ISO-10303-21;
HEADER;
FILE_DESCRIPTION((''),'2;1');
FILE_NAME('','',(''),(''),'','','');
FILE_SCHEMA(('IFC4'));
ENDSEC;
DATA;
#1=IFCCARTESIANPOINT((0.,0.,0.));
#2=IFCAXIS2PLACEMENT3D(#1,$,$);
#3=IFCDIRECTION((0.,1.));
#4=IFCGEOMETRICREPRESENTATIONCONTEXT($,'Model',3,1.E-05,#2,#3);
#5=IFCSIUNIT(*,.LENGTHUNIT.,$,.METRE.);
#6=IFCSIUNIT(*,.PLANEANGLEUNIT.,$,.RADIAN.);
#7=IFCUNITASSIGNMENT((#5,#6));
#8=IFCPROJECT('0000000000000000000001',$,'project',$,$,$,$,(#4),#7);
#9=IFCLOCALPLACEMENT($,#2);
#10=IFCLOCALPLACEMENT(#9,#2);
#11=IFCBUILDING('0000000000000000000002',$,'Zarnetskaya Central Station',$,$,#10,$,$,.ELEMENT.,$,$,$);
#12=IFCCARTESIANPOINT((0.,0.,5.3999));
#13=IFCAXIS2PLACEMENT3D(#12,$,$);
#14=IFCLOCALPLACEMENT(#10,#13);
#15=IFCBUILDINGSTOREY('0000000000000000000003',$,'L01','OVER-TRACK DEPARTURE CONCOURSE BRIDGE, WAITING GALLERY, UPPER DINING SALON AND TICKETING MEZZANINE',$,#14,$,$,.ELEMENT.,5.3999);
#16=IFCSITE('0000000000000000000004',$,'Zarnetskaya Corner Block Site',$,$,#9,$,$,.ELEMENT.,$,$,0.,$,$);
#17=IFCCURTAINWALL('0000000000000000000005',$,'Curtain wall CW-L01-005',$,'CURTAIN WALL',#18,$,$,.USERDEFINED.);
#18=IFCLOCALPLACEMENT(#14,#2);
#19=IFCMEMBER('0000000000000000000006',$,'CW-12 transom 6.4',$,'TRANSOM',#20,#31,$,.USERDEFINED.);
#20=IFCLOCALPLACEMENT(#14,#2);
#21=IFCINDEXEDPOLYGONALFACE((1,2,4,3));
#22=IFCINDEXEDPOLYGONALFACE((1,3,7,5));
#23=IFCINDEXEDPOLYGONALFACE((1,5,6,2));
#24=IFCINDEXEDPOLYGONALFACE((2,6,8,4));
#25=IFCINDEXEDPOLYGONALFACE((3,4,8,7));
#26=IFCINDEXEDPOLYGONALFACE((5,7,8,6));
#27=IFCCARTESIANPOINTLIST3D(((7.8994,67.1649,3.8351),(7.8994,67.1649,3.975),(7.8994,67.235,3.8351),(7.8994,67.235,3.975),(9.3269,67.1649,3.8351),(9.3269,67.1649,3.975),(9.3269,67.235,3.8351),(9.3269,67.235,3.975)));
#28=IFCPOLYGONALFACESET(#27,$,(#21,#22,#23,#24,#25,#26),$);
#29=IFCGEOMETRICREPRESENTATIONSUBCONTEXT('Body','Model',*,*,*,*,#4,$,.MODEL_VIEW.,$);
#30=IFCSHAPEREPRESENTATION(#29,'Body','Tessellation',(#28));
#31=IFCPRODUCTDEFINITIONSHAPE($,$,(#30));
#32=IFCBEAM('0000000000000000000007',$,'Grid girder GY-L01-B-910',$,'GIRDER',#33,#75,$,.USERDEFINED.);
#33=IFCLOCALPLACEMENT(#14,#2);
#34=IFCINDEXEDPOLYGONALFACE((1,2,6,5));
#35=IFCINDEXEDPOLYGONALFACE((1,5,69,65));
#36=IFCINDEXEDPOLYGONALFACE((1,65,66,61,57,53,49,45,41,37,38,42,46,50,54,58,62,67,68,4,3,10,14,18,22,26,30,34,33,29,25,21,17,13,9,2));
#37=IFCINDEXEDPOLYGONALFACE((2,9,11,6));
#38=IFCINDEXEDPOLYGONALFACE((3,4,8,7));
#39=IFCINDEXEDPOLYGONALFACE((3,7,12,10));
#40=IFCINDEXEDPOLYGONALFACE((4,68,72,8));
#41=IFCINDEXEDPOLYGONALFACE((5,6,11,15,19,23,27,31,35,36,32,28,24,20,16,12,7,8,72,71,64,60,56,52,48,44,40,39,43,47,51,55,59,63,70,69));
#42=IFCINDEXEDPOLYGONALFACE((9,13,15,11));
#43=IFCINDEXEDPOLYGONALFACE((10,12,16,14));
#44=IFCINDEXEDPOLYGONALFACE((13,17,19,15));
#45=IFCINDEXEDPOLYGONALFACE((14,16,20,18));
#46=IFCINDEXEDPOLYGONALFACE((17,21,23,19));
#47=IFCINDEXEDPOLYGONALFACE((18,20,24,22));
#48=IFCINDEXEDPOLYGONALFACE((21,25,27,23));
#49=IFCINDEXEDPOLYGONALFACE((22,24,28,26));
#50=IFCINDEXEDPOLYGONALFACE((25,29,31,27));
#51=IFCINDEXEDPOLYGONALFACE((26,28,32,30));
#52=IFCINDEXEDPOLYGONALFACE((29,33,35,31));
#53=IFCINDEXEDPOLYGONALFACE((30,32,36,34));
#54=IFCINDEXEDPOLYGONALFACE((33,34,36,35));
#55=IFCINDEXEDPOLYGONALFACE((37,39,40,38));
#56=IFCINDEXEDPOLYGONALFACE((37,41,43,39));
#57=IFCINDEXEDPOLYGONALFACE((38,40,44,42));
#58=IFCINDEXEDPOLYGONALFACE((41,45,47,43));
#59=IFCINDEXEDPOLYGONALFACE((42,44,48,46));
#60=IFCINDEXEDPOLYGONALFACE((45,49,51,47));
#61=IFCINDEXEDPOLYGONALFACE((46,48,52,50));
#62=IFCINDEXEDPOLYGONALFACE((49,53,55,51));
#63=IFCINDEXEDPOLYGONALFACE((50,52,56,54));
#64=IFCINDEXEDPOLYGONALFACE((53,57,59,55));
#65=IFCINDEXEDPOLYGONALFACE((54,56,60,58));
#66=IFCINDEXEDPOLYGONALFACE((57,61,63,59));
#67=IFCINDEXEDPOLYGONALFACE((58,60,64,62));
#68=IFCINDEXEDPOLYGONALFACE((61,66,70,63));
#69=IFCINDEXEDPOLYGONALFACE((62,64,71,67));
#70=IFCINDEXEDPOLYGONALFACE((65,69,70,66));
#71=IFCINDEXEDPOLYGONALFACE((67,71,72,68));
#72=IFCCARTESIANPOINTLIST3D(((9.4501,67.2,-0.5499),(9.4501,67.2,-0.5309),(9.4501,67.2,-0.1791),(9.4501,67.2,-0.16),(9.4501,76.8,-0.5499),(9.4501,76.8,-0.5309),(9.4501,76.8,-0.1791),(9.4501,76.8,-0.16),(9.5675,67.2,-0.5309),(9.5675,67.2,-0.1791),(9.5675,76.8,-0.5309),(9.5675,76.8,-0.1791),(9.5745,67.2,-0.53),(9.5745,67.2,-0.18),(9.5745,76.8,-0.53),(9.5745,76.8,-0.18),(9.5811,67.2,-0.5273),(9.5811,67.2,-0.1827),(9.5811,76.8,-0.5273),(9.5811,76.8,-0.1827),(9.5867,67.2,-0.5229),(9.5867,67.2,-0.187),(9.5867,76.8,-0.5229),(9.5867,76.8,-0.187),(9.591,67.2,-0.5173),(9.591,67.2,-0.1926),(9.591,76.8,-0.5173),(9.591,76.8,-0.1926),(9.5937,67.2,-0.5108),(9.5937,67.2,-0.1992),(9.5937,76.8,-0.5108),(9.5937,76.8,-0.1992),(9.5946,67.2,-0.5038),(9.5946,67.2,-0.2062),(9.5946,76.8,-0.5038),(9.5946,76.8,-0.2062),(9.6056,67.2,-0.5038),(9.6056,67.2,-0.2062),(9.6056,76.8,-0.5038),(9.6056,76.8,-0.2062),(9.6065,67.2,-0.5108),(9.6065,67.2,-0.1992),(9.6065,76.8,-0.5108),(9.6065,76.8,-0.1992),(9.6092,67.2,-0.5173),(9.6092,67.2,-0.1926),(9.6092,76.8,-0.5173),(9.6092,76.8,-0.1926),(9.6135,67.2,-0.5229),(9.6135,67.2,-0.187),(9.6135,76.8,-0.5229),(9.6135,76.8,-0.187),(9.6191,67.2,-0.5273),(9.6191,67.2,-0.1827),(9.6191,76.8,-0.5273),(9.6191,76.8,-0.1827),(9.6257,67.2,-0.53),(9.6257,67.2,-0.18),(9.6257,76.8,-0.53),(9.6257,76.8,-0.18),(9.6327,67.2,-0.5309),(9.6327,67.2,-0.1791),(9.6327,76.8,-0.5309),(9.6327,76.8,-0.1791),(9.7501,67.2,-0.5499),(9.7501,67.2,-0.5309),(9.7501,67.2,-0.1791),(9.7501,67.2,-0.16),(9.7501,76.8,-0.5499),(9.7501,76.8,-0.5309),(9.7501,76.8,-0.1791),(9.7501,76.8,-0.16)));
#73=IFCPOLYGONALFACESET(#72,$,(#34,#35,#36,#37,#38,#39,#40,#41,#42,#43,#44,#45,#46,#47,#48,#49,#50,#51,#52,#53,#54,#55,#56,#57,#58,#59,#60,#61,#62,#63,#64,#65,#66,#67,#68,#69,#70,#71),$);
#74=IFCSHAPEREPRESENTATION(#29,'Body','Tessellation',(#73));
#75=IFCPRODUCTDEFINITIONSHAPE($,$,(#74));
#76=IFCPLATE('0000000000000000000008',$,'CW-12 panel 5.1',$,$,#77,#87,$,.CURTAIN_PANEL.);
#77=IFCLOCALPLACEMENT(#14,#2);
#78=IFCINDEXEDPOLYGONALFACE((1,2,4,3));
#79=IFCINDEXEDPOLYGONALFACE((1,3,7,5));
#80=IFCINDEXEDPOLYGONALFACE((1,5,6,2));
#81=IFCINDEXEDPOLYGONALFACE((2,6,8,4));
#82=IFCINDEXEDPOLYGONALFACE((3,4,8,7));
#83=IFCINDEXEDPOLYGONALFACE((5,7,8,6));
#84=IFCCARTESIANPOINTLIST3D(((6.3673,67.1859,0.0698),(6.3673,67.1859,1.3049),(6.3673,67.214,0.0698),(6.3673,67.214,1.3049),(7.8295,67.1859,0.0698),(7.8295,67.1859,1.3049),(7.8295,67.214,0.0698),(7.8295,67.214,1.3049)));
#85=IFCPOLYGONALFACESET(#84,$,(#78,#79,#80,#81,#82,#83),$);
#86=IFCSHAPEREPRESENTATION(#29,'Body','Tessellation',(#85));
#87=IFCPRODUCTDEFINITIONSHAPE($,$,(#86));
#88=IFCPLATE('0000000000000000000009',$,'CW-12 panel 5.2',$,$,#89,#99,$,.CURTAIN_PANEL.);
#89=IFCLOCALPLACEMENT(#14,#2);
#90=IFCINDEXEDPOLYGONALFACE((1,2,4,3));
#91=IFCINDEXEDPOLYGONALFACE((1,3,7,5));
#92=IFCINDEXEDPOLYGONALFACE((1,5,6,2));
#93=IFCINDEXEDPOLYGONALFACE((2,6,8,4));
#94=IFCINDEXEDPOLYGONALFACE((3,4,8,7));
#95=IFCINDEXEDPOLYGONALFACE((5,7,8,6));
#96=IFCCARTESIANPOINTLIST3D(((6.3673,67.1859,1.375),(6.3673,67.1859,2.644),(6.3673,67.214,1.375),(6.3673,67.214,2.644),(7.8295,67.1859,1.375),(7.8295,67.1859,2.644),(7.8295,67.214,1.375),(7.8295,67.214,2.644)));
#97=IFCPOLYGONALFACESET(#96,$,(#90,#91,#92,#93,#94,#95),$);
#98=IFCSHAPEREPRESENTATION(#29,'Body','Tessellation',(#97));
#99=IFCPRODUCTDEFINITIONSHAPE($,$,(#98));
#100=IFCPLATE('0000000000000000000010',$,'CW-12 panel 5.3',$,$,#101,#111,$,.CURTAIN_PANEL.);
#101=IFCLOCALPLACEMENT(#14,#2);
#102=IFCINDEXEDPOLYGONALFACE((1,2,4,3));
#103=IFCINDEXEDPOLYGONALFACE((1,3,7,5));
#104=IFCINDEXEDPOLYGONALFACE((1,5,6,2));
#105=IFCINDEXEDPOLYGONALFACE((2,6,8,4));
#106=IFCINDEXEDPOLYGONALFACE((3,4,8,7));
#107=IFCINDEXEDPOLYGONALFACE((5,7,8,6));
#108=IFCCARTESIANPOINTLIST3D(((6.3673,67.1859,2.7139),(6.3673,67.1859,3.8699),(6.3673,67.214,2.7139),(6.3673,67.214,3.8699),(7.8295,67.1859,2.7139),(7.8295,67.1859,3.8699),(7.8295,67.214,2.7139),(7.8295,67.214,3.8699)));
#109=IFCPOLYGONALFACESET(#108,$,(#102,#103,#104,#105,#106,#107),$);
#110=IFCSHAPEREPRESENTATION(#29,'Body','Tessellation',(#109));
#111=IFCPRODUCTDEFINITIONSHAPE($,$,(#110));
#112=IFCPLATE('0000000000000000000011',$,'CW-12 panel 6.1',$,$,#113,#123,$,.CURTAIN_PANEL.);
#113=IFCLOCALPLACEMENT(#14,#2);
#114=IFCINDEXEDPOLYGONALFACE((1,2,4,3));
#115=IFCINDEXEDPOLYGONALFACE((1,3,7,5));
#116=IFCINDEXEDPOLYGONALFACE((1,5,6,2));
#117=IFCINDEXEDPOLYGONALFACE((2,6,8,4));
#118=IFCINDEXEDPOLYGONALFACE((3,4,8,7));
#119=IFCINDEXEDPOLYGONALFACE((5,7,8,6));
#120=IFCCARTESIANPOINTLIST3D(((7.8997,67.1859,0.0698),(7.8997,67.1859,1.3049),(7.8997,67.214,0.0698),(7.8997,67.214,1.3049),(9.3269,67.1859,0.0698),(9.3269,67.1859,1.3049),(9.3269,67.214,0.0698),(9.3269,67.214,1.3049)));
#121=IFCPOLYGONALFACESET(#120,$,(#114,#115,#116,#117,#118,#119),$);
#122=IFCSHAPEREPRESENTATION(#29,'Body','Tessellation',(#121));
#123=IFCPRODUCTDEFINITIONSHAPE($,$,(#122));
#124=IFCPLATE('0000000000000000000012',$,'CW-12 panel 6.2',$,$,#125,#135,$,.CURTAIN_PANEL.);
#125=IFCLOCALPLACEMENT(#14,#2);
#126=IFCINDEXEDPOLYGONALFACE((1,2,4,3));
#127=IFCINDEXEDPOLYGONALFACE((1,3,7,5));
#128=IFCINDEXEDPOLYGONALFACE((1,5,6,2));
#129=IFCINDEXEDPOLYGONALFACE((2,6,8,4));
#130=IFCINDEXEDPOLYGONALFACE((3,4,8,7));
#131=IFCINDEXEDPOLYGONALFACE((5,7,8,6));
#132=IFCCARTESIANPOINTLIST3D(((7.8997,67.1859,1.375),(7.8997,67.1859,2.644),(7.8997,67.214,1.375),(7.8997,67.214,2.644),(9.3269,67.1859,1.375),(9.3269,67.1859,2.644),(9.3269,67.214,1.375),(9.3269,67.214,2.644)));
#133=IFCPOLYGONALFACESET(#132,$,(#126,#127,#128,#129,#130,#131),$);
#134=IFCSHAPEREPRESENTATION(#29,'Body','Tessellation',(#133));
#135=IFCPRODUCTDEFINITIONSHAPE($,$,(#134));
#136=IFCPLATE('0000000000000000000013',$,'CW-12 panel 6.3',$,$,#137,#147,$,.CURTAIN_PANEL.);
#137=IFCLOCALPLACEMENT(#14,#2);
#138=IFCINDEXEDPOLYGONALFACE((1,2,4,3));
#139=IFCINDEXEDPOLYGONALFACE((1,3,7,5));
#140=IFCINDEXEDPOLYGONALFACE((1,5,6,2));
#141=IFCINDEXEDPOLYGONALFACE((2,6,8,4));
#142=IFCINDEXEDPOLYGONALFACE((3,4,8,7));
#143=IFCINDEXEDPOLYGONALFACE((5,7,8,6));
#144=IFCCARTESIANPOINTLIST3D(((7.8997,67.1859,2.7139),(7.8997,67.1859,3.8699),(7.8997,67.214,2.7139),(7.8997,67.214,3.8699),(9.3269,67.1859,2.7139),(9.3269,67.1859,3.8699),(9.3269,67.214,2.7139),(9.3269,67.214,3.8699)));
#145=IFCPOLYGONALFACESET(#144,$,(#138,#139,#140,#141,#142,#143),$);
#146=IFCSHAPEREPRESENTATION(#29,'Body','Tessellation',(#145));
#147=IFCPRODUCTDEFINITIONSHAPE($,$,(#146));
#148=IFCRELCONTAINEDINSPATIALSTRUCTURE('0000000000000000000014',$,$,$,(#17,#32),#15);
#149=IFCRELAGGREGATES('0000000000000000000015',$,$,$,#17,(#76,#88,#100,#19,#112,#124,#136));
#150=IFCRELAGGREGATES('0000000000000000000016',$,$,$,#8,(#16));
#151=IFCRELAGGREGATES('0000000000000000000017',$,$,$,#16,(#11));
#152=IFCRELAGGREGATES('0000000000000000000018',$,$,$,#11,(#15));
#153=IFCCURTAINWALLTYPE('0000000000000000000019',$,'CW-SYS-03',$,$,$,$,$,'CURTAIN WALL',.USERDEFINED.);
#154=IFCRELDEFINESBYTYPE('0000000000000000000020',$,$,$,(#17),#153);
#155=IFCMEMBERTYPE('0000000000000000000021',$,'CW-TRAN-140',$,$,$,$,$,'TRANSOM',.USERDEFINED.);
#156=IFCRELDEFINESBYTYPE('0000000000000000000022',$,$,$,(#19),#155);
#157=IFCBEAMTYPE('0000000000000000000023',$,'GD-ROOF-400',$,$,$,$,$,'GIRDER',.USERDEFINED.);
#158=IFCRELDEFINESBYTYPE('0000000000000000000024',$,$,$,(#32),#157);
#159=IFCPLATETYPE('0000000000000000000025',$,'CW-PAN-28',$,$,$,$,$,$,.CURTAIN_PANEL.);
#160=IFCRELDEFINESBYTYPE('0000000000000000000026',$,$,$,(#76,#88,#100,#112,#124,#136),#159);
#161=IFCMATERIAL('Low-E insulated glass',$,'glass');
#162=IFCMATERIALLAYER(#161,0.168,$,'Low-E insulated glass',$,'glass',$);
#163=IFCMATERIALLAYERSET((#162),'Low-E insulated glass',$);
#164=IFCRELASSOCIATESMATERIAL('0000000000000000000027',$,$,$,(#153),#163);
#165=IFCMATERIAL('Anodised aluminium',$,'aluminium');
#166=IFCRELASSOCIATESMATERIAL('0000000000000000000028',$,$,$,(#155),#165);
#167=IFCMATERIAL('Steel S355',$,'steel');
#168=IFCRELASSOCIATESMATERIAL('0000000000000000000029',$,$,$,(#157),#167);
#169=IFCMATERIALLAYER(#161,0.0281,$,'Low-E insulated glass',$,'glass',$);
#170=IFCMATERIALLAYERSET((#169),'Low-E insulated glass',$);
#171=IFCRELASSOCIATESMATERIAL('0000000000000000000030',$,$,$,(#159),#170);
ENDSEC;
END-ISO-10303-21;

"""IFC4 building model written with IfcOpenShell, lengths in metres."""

from ifc_helpers import new_model, si_unit, direction, frame, origin, origin_2d, place, context, subcontext, project, spatial, rectangle, i_section, extrude, material, layer, layer_set, material_profile, profile_set, type_object, element, aggregate, save


model = new_model("IFC4")

# Units and contexts
model_context = context("Model", 3, precision=1e-05, world=origin(), true_north=direction((0.0, 1.0)))
body_context = subcontext(model_context, "Body", "Model", "MODEL_VIEW")
ifc_project = project(units=[si_unit("LENGTHUNIT", "METRE"), si_unit("PLANEANGLEUNIT", "RADIAN")], contexts=[model_context])

# Site, building, storey
site_placement = place(None, origin())
site = spatial("IfcSite", under=ifc_project, at=site_placement, Name="Zarnetskaya Corner Block Site", CompositionType="ELEMENT", RefElevation=0.0)
building_placement = place(site_placement, origin())
building = spatial("IfcBuilding", under=site, at=building_placement, Name="Zarnetskaya Central Station", CompositionType="ELEMENT")
storey_placement = place(building_placement, frame((0.0, 0.0, 5.3999)))
storey = spatial("IfcBuildingStorey", under=building, at=storey_placement, Name="L01", Description="OVER-TRACK DEPARTURE CONCOURSE BRIDGE, WAITING GALLERY, UPPER DINING SALON AND TICKETING MEZZANINE", CompositionType="ELEMENT", Elevation=5.3999)

# Shared definitions
ifc_material_1 = material(Name="Steel S355", Category="steel")

# Curtain wall, member
ifc_material_2 = material(Name="Low-E insulated glass", Category="glass")
ifc_layer_1 = layer(ifc_material_2, 0.168, Name="Low-E insulated glass", Category="glass")
ifc_layer_set_1 = layer_set([ifc_layer_1], Name="Low-E insulated glass")
curtain_wall_type = type_object("IfcCurtainWallType", Name="CW-SYS-03", ElementType="CURTAIN WALL", PredefinedType="USERDEFINED", material=ifc_layer_set_1)
curtain_wall_placement = place(storey_placement, origin())
curtain_wall = element("IfcCurtainWall", 1, at=curtain_wall_placement, inside=storey, type_object=curtain_wall_type, Name="Curtain wall CW-L01-005", ObjectType="CURTAIN WALL", PredefinedType="USERDEFINED")
ifc_material_3 = material(Name="Anodised aluminium", Category="aluminium")
ifc_material_profile_1 = material_profile(ifc_material_3, rectangle(XDim=0.0701, YDim=0.1399, at=origin_2d()), Name="ALU TRAN 70x140")
ifc_profile_set_1 = profile_set([ifc_material_profile_1], Name="Anodised aluminium")
member_type_1 = type_object("IfcMemberType", Name="CW-TRAN-140", ElementType="TRANSOM", PredefinedType="USERDEFINED", material=ifc_profile_set_1)
member_1_placement = place(storey_placement, frame((7.8994, 67.2, 3.905), z_axis=(1.0, 0.0, 0.0), x_axis=(0.0, 1.0, 0.0)))
member_1 = element("IfcMember", 2, at=member_1_placement, type_object=member_type_1, Name="CW-12 transom 6.4", ObjectType="TRANSOM", PredefinedType="USERDEFINED", context=body_context, shape_type="SweptSolid", body=[
    extrude(rectangle(XDim=0.0701, YDim=0.1399, at=origin_2d()), origin(), (0.0, 0.0, 1.0), 1.4275),
])

# Beam
ifc_material_profile_2 = material_profile(ifc_material_1, i_section(OverallWidth=0.3, OverallDepth=0.3899, WebThickness=0.011, FlangeThickness=0.019, FilletRadius=0.0271, at=origin_2d()), Name="HEA 400")
ifc_profile_set_2 = profile_set([ifc_material_profile_2], Name="Steel S355")
beam_type = type_object("IfcBeamType", Name="GD-ROOF-400", ElementType="GIRDER", PredefinedType="USERDEFINED", material=ifc_profile_set_2)
beam_placement = place(storey_placement, frame((9.6001, 67.2, -0.355), z_axis=(0.0, 1.0, 0.0), x_axis=(-1.0, 0.0, 0.0)))
element("IfcBeam", 3, at=beam_placement, inside=storey, type_object=beam_type, Name="Grid girder GY-L01-B-910", ObjectType="GIRDER", PredefinedType="USERDEFINED", context=body_context, shape_type="SweptSolid", body=[
    extrude(i_section(OverallWidth=0.3, OverallDepth=0.3899, WebThickness=0.011, FlangeThickness=0.019, FilletRadius=0.0271, at=origin_2d()), origin(), (0.0, 0.0, 1.0), 9.6001),
])

# Plates
ifc_layer_2 = layer(ifc_material_2, 0.0281, Name="Low-E insulated glass", Category="glass")
ifc_layer_set_2 = layer_set([ifc_layer_2], Name="Low-E insulated glass")
plate_type = type_object("IfcPlateType", Name="CW-PAN-28", PredefinedType="CURTAIN_PANEL", material=ifc_layer_set_2)
plate_1_placement = place(storey_placement, frame((7.0984, 67.2, 0.0698), z_axis=(0.0, 0.0, 1.0), x_axis=(1.0, 0.0, 0.0)))
plate_1 = element("IfcPlate", 4, at=plate_1_placement, type_object=plate_type, Name="CW-12 panel 5.1", PredefinedType="CURTAIN_PANEL", context=body_context, shape_type="SweptSolid", body=[
    extrude(rectangle(XDim=1.4622, YDim=0.0281, at=origin_2d()), origin(), (0.0, 0.0, 1.0), 1.2351),
])
plate_2_placement = place(storey_placement, frame((7.0984, 67.2, 1.375), z_axis=(0.0, 0.0, 1.0), x_axis=(1.0, 0.0, 0.0)))
plate_2 = element("IfcPlate", 5, at=plate_2_placement, type_object=plate_type, Name="CW-12 panel 5.2", PredefinedType="CURTAIN_PANEL", context=body_context, shape_type="SweptSolid", body=[
    extrude(rectangle(XDim=1.4622, YDim=0.0281, at=origin_2d()), origin(), (0.0, 0.0, 1.0), 1.269),
])
plate_3_placement = place(storey_placement, frame((7.0984, 67.2, 2.7139), z_axis=(0.0, 0.0, 1.0), x_axis=(1.0, 0.0, 0.0)))
plate_3 = element("IfcPlate", 6, at=plate_3_placement, type_object=plate_type, Name="CW-12 panel 5.3", PredefinedType="CURTAIN_PANEL", context=body_context, shape_type="SweptSolid", body=[
    extrude(rectangle(XDim=1.4622, YDim=0.0281, at=origin_2d()), origin(), (0.0, 0.0, 1.0), 1.156),
])
plate_4_placement = place(storey_placement, frame((8.6133, 67.2, 0.0698), z_axis=(0.0, 0.0, 1.0), x_axis=(1.0, 0.0, 0.0)))
plate_4 = element("IfcPlate", 7, at=plate_4_placement, type_object=plate_type, Name="CW-12 panel 6.1", PredefinedType="CURTAIN_PANEL", context=body_context, shape_type="SweptSolid", body=[
    extrude(rectangle(XDim=1.4272, YDim=0.0281, at=origin_2d()), origin(), (0.0, 0.0, 1.0), 1.2351),
])
plate_5_placement = place(storey_placement, frame((8.6133, 67.2, 1.375), z_axis=(0.0, 0.0, 1.0), x_axis=(1.0, 0.0, 0.0)))
plate_5 = element("IfcPlate", 8, at=plate_5_placement, type_object=plate_type, Name="CW-12 panel 6.2", PredefinedType="CURTAIN_PANEL", context=body_context, shape_type="SweptSolid", body=[
    extrude(rectangle(XDim=1.4272, YDim=0.0281, at=origin_2d()), origin(), (0.0, 0.0, 1.0), 1.269),
])
plate_6_placement = place(storey_placement, frame((8.6133, 67.2, 2.7139), z_axis=(0.0, 0.0, 1.0), x_axis=(1.0, 0.0, 0.0)))
plate_6 = element("IfcPlate", 9, at=plate_6_placement, type_object=plate_type, Name="CW-12 panel 6.3", PredefinedType="CURTAIN_PANEL", context=body_context, shape_type="SweptSolid", body=[
    extrude(rectangle(XDim=1.4272, YDim=0.0281, at=origin_2d()), origin(), (0.0, 0.0, 1.0), 1.156),
])
aggregate(curtain_wall, [plate_1, plate_2, plate_3, member_1, plate_4, plate_5, plate_6])

save(model, "model.ifc")
